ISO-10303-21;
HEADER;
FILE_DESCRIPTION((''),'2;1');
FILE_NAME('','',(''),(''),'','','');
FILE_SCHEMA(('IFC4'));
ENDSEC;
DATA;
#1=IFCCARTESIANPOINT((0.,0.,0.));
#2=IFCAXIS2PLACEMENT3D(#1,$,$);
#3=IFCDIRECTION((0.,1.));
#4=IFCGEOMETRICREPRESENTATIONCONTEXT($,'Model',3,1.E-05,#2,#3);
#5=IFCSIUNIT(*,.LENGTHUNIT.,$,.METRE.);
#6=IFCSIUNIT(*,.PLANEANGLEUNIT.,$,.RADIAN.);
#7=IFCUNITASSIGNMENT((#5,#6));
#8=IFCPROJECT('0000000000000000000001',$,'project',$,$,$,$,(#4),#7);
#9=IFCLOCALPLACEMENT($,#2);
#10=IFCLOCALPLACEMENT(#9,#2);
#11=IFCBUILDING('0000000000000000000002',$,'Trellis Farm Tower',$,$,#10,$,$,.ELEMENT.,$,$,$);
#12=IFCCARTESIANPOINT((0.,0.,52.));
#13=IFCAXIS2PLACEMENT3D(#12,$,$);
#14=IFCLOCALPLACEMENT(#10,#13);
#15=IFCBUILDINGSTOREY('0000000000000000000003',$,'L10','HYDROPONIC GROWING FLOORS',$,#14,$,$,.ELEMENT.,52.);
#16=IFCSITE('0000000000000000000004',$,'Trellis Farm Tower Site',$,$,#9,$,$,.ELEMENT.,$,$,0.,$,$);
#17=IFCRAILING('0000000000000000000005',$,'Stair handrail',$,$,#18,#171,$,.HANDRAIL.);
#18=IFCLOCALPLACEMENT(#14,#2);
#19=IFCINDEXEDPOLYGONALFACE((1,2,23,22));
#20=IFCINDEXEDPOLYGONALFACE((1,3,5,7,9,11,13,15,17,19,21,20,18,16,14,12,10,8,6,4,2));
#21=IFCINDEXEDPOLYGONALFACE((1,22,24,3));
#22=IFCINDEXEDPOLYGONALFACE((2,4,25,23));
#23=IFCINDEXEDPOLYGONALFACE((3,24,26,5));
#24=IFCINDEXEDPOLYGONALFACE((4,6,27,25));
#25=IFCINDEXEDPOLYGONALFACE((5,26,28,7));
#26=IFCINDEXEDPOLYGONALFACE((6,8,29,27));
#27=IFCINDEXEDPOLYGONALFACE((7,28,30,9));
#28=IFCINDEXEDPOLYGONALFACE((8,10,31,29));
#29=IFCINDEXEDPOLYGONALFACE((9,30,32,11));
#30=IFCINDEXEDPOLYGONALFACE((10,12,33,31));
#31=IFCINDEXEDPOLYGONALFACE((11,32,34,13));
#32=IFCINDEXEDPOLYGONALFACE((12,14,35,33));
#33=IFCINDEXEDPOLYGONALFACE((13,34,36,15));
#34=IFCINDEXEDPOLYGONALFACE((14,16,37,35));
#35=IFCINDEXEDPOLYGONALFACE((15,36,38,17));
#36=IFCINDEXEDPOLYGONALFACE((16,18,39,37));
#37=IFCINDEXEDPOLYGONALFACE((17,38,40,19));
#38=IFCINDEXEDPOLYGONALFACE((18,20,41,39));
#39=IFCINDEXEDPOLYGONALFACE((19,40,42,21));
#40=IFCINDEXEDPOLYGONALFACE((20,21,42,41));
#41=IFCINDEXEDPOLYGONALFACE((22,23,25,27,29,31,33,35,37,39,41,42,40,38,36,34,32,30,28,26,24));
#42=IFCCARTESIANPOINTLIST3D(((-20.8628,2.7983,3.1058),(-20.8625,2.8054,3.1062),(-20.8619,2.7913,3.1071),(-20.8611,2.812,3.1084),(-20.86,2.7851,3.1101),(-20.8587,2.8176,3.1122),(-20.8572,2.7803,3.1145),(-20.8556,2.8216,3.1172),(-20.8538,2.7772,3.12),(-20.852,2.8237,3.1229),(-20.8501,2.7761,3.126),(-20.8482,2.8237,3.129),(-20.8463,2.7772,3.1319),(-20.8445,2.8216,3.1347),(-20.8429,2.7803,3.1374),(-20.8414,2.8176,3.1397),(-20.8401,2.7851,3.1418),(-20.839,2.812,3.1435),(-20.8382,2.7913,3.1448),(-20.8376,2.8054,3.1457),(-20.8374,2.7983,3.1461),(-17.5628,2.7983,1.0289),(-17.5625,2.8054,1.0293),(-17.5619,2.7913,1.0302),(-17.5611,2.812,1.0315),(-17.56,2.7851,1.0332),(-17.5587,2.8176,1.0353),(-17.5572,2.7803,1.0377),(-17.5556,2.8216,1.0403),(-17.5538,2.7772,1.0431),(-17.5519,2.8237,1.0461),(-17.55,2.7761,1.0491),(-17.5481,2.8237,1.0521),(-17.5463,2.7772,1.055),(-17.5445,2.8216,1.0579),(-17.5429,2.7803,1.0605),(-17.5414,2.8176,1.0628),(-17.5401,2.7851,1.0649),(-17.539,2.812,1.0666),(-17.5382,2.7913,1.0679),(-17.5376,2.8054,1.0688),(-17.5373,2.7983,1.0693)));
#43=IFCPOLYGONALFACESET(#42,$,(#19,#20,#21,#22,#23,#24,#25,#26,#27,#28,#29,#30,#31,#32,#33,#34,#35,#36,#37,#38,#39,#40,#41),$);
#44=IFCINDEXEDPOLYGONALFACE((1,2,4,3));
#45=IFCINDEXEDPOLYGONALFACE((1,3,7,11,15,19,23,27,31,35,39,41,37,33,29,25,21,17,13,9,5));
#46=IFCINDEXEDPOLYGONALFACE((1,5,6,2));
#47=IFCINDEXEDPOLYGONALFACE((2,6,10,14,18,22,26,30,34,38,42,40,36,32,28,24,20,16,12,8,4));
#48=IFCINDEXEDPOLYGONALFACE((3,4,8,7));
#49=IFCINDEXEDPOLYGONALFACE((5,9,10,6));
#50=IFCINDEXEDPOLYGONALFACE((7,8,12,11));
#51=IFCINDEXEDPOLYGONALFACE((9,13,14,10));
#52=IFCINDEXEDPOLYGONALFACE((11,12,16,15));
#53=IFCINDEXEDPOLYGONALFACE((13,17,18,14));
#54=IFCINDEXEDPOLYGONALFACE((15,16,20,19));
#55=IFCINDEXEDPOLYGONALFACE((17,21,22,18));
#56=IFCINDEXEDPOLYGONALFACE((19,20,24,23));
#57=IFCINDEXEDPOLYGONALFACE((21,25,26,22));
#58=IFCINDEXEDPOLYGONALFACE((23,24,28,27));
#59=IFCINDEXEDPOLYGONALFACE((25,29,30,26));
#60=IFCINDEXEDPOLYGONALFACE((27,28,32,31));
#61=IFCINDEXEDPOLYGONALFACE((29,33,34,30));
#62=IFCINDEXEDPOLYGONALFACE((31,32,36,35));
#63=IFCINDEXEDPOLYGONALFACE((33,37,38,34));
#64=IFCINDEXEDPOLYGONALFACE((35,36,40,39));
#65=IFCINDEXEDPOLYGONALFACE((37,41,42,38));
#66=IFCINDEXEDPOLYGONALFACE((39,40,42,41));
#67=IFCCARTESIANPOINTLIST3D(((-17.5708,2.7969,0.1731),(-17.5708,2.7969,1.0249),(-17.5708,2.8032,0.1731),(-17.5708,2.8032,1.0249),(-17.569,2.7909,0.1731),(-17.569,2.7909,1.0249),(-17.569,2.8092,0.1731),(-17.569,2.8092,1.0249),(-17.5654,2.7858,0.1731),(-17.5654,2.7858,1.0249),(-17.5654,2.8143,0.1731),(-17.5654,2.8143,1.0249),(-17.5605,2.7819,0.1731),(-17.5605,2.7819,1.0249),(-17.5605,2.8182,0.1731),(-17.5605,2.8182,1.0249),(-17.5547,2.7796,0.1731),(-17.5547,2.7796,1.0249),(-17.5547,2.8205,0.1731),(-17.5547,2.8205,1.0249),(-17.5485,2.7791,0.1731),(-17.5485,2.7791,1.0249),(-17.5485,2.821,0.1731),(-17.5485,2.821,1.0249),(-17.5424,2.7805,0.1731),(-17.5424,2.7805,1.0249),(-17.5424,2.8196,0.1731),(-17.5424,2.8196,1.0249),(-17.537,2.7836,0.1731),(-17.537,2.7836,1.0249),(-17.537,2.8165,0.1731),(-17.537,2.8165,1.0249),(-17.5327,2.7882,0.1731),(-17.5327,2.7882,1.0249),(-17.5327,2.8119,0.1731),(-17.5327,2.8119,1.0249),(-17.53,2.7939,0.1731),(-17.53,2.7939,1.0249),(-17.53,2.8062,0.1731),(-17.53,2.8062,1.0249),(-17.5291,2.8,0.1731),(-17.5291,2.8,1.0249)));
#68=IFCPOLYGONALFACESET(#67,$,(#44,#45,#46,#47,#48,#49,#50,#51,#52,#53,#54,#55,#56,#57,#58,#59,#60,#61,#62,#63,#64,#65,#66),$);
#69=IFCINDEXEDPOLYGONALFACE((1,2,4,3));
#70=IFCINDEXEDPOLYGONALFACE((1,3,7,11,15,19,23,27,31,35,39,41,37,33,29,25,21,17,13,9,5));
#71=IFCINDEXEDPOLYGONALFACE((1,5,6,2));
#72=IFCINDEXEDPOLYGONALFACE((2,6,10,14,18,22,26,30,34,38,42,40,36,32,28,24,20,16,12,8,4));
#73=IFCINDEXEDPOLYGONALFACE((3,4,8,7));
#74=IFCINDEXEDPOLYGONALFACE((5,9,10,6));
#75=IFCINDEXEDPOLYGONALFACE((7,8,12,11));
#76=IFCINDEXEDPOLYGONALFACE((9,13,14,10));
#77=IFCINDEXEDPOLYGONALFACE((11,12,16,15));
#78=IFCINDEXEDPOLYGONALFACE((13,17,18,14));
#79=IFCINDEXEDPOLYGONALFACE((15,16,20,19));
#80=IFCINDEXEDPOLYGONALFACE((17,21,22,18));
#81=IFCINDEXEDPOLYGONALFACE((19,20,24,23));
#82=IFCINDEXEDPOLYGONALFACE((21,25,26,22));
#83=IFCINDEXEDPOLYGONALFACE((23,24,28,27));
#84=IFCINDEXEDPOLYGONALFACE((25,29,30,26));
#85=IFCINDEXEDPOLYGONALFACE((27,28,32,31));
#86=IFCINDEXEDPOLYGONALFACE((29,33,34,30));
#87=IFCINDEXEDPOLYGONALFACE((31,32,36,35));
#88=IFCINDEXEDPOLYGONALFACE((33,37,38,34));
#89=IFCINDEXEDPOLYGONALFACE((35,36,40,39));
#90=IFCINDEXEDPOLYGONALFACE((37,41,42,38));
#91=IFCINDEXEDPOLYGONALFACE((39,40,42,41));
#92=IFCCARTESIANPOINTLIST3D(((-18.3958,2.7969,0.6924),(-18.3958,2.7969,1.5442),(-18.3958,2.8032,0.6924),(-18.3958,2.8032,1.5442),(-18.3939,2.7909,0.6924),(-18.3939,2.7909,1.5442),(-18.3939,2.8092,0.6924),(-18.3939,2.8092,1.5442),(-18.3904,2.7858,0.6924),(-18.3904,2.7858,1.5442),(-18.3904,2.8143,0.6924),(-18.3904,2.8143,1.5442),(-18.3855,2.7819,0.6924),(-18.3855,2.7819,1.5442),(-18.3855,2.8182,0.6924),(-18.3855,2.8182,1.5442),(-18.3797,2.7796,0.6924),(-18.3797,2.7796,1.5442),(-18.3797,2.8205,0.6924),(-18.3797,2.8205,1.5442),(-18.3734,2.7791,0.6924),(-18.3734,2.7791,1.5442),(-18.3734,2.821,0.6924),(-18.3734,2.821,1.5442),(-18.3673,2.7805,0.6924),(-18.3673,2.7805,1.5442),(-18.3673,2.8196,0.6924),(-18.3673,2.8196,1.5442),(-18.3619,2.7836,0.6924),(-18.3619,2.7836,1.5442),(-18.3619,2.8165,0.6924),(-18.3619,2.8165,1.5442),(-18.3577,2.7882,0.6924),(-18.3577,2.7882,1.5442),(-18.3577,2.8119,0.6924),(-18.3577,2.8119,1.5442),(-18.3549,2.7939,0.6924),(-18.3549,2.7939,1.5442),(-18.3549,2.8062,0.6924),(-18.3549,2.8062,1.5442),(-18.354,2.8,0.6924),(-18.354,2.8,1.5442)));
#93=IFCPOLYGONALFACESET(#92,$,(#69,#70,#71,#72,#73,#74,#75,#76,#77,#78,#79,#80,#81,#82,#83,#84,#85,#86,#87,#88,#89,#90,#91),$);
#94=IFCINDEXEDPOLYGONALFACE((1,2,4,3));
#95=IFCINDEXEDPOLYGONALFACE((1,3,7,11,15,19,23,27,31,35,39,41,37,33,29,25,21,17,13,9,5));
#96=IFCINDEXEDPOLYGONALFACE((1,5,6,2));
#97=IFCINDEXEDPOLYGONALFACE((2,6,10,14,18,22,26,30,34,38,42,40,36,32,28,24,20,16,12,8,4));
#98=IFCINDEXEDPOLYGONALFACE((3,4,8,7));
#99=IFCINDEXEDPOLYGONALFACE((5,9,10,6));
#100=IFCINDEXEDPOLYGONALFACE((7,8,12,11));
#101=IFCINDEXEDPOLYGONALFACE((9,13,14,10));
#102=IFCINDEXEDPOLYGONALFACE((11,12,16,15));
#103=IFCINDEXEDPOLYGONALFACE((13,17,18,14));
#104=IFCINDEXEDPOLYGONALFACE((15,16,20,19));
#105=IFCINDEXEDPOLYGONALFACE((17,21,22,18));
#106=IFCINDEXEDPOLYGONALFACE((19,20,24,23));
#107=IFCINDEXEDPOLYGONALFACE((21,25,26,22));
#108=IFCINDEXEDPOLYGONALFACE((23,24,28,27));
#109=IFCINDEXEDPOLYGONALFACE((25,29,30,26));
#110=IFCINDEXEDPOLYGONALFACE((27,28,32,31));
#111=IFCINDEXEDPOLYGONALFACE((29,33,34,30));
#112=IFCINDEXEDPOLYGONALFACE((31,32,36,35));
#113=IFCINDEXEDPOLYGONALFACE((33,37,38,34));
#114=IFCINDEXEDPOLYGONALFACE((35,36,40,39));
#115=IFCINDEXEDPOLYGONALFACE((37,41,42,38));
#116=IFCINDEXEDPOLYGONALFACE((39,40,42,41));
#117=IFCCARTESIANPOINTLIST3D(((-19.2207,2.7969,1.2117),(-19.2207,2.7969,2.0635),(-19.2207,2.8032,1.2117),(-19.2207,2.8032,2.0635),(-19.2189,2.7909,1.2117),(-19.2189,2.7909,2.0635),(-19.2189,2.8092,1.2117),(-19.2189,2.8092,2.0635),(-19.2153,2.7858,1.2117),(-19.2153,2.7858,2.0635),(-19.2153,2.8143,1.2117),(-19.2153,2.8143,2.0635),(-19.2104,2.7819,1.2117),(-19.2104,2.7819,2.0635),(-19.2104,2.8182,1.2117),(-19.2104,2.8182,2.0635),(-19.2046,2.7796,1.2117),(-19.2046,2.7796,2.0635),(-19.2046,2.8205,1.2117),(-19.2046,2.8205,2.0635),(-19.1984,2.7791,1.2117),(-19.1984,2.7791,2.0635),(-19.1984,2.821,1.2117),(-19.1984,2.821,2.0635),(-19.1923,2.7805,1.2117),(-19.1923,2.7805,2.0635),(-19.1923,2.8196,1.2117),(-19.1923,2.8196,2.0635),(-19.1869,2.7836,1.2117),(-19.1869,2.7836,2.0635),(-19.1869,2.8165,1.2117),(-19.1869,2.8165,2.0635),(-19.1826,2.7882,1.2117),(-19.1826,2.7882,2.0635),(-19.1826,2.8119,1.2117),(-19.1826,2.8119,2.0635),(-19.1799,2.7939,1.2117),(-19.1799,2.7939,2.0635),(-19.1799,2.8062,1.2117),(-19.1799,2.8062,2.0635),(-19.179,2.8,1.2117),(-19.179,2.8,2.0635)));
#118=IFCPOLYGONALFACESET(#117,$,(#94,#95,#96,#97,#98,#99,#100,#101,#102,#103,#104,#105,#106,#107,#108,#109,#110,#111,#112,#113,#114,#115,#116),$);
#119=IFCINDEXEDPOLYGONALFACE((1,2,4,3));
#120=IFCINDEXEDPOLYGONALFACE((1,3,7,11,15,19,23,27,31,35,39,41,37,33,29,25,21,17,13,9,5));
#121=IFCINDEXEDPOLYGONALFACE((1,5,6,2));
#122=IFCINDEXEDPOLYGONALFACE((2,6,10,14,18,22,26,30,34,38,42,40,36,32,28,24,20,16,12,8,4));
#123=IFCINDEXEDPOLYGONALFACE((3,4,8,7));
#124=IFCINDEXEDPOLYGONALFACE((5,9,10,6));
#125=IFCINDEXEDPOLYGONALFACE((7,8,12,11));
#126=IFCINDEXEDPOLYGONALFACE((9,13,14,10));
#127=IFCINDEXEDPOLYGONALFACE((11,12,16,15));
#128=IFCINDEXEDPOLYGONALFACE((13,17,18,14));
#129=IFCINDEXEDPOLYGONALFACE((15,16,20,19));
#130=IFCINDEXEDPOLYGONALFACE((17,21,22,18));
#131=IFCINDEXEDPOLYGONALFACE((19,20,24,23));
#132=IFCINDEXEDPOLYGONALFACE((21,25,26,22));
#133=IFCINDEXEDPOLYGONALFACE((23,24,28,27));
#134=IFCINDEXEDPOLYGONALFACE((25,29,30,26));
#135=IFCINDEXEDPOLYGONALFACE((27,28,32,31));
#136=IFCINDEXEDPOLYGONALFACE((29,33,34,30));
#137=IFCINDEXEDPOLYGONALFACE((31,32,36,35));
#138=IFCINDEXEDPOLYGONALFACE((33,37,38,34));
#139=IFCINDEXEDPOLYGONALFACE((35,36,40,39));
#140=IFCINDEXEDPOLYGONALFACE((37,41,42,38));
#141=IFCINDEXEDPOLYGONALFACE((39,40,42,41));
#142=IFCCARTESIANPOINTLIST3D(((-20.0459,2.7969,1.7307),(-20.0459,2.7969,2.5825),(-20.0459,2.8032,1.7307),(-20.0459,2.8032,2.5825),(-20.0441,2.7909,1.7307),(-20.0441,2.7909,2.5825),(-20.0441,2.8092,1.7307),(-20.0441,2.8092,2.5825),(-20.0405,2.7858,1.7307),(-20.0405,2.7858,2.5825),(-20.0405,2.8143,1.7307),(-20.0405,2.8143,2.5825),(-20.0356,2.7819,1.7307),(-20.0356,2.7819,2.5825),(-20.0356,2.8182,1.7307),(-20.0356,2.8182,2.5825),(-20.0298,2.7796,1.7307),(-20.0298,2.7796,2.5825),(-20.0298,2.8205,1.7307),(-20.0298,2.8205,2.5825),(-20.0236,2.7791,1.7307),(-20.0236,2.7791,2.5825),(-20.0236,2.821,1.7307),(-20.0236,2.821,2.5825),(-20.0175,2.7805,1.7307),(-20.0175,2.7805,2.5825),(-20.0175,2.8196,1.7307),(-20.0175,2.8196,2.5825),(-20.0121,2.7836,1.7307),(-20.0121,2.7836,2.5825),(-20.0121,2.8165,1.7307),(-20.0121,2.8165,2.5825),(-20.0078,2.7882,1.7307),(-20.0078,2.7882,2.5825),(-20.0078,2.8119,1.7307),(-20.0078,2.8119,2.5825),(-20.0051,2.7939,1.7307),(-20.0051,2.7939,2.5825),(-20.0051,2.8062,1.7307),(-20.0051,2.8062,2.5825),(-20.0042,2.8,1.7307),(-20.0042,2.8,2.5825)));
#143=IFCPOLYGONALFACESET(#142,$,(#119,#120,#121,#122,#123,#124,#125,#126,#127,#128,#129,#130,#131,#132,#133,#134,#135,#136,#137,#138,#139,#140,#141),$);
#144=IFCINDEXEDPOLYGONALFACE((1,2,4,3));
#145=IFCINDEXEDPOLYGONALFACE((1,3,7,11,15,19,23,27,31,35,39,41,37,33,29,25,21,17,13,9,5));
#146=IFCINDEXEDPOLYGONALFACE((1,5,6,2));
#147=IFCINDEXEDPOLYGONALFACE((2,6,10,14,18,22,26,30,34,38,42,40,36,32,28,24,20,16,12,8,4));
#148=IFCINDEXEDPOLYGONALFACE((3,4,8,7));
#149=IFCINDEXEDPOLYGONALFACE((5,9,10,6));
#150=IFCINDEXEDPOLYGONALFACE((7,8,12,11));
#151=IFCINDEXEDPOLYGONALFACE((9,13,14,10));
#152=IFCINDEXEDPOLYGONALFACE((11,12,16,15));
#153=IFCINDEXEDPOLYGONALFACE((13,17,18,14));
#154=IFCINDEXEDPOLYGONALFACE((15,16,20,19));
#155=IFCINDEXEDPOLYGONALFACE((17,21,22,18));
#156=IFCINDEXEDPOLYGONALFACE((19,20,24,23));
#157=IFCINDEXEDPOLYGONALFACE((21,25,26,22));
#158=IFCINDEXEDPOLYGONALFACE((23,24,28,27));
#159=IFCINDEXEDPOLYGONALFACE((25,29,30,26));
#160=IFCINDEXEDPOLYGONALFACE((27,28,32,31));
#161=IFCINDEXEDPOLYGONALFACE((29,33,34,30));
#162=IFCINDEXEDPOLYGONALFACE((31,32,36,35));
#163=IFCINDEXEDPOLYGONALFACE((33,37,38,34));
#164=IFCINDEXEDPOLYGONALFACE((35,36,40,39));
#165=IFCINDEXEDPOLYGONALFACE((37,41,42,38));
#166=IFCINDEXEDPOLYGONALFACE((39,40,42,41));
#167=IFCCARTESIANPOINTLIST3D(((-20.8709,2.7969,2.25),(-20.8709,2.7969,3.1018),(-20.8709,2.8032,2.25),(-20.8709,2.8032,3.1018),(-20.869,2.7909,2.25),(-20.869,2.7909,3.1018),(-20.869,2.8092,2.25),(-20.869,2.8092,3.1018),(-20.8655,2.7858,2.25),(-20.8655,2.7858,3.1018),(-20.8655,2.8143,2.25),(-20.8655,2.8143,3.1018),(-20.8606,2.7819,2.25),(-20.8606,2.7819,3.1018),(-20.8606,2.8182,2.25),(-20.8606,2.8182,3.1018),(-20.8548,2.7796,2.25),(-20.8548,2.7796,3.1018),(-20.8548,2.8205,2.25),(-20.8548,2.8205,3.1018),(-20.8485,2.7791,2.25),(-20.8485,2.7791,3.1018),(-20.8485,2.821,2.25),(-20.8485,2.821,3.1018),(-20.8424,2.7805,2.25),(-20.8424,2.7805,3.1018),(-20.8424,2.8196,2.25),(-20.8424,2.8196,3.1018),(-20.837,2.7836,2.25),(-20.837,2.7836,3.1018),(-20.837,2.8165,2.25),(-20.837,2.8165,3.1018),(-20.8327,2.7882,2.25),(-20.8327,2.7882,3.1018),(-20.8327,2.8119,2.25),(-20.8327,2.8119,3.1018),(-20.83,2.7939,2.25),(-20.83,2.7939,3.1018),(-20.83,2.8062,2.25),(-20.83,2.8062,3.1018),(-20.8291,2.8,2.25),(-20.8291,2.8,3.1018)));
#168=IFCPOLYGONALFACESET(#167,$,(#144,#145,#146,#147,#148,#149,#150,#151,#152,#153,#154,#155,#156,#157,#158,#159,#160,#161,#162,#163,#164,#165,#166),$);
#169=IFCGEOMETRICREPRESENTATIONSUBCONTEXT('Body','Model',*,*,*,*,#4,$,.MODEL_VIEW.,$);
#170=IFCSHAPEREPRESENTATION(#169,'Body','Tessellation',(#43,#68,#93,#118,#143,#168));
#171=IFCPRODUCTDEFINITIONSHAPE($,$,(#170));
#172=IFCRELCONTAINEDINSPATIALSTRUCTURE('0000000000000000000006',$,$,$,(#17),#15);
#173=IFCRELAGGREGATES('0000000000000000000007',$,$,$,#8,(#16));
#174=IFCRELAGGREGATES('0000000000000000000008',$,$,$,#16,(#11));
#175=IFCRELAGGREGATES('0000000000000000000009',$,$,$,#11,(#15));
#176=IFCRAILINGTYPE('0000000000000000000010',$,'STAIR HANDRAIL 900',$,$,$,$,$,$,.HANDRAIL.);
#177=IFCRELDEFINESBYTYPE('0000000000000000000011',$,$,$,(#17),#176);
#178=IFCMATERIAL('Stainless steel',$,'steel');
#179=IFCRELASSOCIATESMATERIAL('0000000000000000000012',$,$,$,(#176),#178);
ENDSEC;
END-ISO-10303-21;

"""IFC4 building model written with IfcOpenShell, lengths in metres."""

from ifc_helpers import new_model, si_unit, direction, frame, origin, origin_2d, place, context, subcontext, project, spatial, circle, extrude, source, transform, mapped, material, type_object, element, save


model = new_model("IFC4")

# Units and contexts
model_context = context("Model", 3, precision=1e-05, world=origin(), true_north=direction((0.0, 1.0)))
body_context = subcontext(model_context, "Body", "Model", "MODEL_VIEW")
ifc_project = project(units=[si_unit("LENGTHUNIT", "METRE"), si_unit("PLANEANGLEUNIT", "RADIAN")], contexts=[model_context])

# Site, building, storey
site_placement = place(None, origin())
site = spatial("IfcSite", under=ifc_project, at=site_placement, Name="Trellis Farm Tower Site", CompositionType="ELEMENT", RefElevation=0.0)
building_placement = place(site_placement, origin())
building = spatial("IfcBuilding", under=site, at=building_placement, Name="Trellis Farm Tower", CompositionType="ELEMENT")
storey_placement = place(building_placement, frame((0.0, 0.0, 52.0)))
storey = spatial("IfcBuildingStorey", under=building, at=storey_placement, Name="L10", Description="HYDROPONIC GROWING FLOORS", CompositionType="ELEMENT", Elevation=52.0)

# Shared definitions
ifc_material_1 = material(Name="Stainless steel", Category="steel")

# Railing
railing_type = type_object("IfcRailingType", Name="STAIR HANDRAIL 900", PredefinedType="HANDRAIL", material=ifc_material_1)
shared_shape_1 = source(origin(), body_context, "Body", "SweptSolid", [
    extrude(circle(Radius=0.0239, at=origin_2d()), frame((0.0, 0.0, 0.876), z_axis=(-0.846337, 0.0, 0.532647), x_axis=(0.0, -1.0, 0.0)), (0.0, 0.0, 1.0), 3.8992),
    extrude(circle(Radius=0.021, at=origin_2d()), origin(), (0.0, 0.0, 1.0), 0.8518),
    extrude(circle(Radius=0.021, at=origin_2d()), frame((-0.825, 0.0, 0.5193)), (0.0, 0.0, 1.0), 0.8518),
    extrude(circle(Radius=0.021, at=origin_2d()), frame((-1.6499, 0.0, 1.0386)), (0.0, 0.0, 1.0), 0.8518),
    extrude(circle(Radius=0.021, at=origin_2d()), frame((-2.4751, 0.0, 1.5576)), (0.0, 0.0, 1.0), 0.8518),
    extrude(circle(Radius=0.021, at=origin_2d()), frame((-3.3, 0.0, 2.0769)), (0.0, 0.0, 1.0), 0.8518),
])
for number, where, name in (
    (1, (-17.55, 2.8, 0.1731), "Stair handrail"),
):
    element("IfcRailing", number, at=place(storey_placement, frame(where)), inside=storey, type_object=railing_type, Name=name, PredefinedType="HANDRAIL", context=body_context, shape_type="MappedRepresentation", body=[
        mapped(shared_shape_1, transform((0.0, 0.0, 0.0))),
    ])

save(model, "model.ifc")
